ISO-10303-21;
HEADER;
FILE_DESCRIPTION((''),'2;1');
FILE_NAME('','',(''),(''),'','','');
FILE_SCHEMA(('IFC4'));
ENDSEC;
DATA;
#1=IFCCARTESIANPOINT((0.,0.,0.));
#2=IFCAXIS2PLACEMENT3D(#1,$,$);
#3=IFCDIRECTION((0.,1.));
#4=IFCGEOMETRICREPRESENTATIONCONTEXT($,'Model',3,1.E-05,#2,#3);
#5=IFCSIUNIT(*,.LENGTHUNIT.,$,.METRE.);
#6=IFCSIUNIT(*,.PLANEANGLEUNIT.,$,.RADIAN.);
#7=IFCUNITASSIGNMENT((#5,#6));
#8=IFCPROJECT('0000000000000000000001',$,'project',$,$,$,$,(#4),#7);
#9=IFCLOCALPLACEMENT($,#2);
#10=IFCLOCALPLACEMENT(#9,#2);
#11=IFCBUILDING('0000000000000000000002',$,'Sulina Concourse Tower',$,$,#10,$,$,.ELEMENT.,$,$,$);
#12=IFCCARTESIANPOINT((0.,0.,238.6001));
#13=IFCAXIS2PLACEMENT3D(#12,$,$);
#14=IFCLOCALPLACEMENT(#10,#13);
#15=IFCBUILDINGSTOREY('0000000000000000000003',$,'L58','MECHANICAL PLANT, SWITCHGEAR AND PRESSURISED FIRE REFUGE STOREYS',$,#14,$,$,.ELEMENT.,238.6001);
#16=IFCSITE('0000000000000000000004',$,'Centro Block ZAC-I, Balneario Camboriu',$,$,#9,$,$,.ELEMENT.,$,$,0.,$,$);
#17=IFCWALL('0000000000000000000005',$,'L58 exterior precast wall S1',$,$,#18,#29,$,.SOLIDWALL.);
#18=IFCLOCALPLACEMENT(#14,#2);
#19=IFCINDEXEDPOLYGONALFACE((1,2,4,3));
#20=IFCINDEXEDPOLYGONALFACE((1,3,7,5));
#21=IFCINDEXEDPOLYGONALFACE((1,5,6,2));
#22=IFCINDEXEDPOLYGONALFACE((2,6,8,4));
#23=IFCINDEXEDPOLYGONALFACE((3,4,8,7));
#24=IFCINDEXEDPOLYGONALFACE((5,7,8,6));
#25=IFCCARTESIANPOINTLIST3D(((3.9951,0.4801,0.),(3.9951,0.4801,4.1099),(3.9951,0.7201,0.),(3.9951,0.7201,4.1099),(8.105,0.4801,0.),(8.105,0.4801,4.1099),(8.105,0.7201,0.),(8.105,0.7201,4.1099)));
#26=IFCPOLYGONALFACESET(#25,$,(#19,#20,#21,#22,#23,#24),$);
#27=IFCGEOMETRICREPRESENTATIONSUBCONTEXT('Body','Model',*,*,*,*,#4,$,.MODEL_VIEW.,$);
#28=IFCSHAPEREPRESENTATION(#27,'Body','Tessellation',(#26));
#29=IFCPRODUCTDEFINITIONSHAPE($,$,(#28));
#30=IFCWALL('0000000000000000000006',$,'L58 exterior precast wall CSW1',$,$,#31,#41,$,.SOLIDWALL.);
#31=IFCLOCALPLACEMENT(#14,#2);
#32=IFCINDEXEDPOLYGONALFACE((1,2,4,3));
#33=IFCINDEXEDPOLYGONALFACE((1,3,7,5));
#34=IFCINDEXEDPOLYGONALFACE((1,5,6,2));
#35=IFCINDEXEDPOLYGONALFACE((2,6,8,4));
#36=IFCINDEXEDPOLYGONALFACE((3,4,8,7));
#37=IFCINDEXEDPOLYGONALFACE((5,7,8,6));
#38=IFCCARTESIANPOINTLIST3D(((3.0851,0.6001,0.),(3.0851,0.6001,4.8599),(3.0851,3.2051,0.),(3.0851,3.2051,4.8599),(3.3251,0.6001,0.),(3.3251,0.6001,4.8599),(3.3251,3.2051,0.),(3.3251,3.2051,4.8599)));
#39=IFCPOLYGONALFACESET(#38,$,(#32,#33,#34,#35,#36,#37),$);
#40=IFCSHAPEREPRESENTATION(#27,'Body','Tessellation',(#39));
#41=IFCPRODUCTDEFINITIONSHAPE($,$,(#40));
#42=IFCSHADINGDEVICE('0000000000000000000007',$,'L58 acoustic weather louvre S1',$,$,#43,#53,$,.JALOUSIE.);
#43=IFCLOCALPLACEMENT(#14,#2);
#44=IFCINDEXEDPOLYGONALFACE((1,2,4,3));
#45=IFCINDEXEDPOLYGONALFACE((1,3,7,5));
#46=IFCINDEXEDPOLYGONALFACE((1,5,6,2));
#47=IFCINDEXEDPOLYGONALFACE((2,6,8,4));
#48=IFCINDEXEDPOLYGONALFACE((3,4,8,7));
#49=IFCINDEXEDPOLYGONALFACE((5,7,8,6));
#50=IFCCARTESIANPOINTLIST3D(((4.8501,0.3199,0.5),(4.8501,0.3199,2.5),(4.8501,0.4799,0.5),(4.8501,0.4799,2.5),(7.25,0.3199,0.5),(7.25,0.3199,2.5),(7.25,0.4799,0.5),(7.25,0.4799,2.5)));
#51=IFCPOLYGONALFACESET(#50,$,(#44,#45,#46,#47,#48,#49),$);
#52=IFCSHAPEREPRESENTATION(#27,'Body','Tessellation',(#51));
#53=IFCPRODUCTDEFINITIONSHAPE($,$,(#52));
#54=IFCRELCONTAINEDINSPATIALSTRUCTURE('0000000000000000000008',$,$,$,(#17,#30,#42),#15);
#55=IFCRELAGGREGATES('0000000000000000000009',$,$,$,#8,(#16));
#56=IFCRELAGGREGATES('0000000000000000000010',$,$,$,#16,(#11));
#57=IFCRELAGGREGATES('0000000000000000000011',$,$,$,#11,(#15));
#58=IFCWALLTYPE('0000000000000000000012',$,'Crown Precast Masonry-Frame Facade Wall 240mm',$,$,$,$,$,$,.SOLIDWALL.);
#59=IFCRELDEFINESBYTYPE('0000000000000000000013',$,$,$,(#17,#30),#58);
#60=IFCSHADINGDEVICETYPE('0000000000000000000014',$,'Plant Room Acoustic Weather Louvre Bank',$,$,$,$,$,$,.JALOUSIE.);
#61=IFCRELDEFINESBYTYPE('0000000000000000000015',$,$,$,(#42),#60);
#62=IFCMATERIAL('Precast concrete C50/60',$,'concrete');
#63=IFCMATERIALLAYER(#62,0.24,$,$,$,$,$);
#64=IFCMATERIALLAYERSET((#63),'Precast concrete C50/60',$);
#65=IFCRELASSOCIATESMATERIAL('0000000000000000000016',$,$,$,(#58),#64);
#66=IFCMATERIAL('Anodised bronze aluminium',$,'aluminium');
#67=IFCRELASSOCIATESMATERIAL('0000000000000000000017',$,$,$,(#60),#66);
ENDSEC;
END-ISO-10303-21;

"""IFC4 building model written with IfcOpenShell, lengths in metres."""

from ifc_helpers import new_model, si_unit, direction, frame, frame_2d, origin, origin_2d, place, context, subcontext, project, spatial, rectangle, extrude, material, layer, layer_set, type_object, element, save


model = new_model("IFC4")

# Units and contexts
model_context = context("Model", 3, precision=1e-05, world=origin(), true_north=direction((0.0, 1.0)))
body_context = subcontext(model_context, "Body", "Model", "MODEL_VIEW")
ifc_project = project(units=[si_unit("LENGTHUNIT", "METRE"), si_unit("PLANEANGLEUNIT", "RADIAN")], contexts=[model_context])

# Site, building, storey
site_placement = place(None, origin())
site = spatial("IfcSite", under=ifc_project, at=site_placement, Name="Centro Block ZAC-I, Balneario Camboriu", CompositionType="ELEMENT", RefElevation=0.0)
building_placement = place(site_placement, origin())
building = spatial("IfcBuilding", under=site, at=building_placement, Name="Sulina Concourse Tower", CompositionType="ELEMENT")
storey_placement = place(building_placement, frame((0.0, 0.0, 238.6001)))
storey = spatial("IfcBuildingStorey", under=building, at=storey_placement, Name="L58", Description="MECHANICAL PLANT, SWITCHGEAR AND PRESSURISED FIRE REFUGE STOREYS", CompositionType="ELEMENT", Elevation=238.6001)

# Walls
ifc_material_1 = material(Name="Precast concrete C50/60", Category="concrete")
ifc_layer_1 = layer(ifc_material_1, 0.24)
ifc_layer_set_1 = layer_set([ifc_layer_1], Name="Precast concrete C50/60")
wall_type = type_object("IfcWallType", Name="Crown Precast Masonry-Frame Facade Wall 240mm", PredefinedType="SOLIDWALL", material=ifc_layer_set_1)
wall_1_placement = place(storey_placement, frame((8.105, 0.6001, 0.0), z_axis=(0.0, 0.0, 1.0), x_axis=(-1.0, 0.0, 0.0)))
element("IfcWall", 1, at=wall_1_placement, inside=storey, type_object=wall_type, Name="L58 exterior precast wall S1", PredefinedType="SOLIDWALL", context=body_context, shape_type="SweptSolid", body=[
    extrude(rectangle(XDim=4.1099, YDim=0.24, at=frame_2d((2.0549, 0.0))), origin(), (0.0, 0.0, 1.0), 4.1099),
])
wall_2_placement = place(storey_placement, frame((3.2051, 0.6001, 0.0), z_axis=(0.0, 0.0, 1.0), x_axis=(0.0, 1.0, 0.0)))
element("IfcWall", 2, at=wall_2_placement, inside=storey, type_object=wall_type, Name="L58 exterior precast wall CSW1", PredefinedType="SOLIDWALL", context=body_context, shape_type="SweptSolid", body=[
    extrude(rectangle(XDim=2.605, YDim=0.24, at=frame_2d((1.3025, 0.0))), origin(), (0.0, 0.0, 1.0), 4.8599),
])

# Shading device
ifc_material_2 = material(Name="Anodised bronze aluminium", Category="aluminium")
shading_device_type = type_object("IfcShadingDeviceType", Name="Plant Room Acoustic Weather Louvre Bank", PredefinedType="JALOUSIE", material=ifc_material_2)
shading_device_placement = place(storey_placement, frame((6.05, 0.3999, 0.5), z_axis=(0.0, 0.0, 1.0), x_axis=(1.0, 0.0, 0.0)))
element("IfcShadingDevice", 3, at=shading_device_placement, inside=storey, type_object=shading_device_type, Name="L58 acoustic weather louvre S1", PredefinedType="JALOUSIE", context=body_context, shape_type="SweptSolid", body=[
    extrude(rectangle(XDim=2.3999, YDim=0.1599, at=origin_2d()), origin(), (0.0, 0.0, 1.0), 2.0),
])

save(model, "model.ifc")
